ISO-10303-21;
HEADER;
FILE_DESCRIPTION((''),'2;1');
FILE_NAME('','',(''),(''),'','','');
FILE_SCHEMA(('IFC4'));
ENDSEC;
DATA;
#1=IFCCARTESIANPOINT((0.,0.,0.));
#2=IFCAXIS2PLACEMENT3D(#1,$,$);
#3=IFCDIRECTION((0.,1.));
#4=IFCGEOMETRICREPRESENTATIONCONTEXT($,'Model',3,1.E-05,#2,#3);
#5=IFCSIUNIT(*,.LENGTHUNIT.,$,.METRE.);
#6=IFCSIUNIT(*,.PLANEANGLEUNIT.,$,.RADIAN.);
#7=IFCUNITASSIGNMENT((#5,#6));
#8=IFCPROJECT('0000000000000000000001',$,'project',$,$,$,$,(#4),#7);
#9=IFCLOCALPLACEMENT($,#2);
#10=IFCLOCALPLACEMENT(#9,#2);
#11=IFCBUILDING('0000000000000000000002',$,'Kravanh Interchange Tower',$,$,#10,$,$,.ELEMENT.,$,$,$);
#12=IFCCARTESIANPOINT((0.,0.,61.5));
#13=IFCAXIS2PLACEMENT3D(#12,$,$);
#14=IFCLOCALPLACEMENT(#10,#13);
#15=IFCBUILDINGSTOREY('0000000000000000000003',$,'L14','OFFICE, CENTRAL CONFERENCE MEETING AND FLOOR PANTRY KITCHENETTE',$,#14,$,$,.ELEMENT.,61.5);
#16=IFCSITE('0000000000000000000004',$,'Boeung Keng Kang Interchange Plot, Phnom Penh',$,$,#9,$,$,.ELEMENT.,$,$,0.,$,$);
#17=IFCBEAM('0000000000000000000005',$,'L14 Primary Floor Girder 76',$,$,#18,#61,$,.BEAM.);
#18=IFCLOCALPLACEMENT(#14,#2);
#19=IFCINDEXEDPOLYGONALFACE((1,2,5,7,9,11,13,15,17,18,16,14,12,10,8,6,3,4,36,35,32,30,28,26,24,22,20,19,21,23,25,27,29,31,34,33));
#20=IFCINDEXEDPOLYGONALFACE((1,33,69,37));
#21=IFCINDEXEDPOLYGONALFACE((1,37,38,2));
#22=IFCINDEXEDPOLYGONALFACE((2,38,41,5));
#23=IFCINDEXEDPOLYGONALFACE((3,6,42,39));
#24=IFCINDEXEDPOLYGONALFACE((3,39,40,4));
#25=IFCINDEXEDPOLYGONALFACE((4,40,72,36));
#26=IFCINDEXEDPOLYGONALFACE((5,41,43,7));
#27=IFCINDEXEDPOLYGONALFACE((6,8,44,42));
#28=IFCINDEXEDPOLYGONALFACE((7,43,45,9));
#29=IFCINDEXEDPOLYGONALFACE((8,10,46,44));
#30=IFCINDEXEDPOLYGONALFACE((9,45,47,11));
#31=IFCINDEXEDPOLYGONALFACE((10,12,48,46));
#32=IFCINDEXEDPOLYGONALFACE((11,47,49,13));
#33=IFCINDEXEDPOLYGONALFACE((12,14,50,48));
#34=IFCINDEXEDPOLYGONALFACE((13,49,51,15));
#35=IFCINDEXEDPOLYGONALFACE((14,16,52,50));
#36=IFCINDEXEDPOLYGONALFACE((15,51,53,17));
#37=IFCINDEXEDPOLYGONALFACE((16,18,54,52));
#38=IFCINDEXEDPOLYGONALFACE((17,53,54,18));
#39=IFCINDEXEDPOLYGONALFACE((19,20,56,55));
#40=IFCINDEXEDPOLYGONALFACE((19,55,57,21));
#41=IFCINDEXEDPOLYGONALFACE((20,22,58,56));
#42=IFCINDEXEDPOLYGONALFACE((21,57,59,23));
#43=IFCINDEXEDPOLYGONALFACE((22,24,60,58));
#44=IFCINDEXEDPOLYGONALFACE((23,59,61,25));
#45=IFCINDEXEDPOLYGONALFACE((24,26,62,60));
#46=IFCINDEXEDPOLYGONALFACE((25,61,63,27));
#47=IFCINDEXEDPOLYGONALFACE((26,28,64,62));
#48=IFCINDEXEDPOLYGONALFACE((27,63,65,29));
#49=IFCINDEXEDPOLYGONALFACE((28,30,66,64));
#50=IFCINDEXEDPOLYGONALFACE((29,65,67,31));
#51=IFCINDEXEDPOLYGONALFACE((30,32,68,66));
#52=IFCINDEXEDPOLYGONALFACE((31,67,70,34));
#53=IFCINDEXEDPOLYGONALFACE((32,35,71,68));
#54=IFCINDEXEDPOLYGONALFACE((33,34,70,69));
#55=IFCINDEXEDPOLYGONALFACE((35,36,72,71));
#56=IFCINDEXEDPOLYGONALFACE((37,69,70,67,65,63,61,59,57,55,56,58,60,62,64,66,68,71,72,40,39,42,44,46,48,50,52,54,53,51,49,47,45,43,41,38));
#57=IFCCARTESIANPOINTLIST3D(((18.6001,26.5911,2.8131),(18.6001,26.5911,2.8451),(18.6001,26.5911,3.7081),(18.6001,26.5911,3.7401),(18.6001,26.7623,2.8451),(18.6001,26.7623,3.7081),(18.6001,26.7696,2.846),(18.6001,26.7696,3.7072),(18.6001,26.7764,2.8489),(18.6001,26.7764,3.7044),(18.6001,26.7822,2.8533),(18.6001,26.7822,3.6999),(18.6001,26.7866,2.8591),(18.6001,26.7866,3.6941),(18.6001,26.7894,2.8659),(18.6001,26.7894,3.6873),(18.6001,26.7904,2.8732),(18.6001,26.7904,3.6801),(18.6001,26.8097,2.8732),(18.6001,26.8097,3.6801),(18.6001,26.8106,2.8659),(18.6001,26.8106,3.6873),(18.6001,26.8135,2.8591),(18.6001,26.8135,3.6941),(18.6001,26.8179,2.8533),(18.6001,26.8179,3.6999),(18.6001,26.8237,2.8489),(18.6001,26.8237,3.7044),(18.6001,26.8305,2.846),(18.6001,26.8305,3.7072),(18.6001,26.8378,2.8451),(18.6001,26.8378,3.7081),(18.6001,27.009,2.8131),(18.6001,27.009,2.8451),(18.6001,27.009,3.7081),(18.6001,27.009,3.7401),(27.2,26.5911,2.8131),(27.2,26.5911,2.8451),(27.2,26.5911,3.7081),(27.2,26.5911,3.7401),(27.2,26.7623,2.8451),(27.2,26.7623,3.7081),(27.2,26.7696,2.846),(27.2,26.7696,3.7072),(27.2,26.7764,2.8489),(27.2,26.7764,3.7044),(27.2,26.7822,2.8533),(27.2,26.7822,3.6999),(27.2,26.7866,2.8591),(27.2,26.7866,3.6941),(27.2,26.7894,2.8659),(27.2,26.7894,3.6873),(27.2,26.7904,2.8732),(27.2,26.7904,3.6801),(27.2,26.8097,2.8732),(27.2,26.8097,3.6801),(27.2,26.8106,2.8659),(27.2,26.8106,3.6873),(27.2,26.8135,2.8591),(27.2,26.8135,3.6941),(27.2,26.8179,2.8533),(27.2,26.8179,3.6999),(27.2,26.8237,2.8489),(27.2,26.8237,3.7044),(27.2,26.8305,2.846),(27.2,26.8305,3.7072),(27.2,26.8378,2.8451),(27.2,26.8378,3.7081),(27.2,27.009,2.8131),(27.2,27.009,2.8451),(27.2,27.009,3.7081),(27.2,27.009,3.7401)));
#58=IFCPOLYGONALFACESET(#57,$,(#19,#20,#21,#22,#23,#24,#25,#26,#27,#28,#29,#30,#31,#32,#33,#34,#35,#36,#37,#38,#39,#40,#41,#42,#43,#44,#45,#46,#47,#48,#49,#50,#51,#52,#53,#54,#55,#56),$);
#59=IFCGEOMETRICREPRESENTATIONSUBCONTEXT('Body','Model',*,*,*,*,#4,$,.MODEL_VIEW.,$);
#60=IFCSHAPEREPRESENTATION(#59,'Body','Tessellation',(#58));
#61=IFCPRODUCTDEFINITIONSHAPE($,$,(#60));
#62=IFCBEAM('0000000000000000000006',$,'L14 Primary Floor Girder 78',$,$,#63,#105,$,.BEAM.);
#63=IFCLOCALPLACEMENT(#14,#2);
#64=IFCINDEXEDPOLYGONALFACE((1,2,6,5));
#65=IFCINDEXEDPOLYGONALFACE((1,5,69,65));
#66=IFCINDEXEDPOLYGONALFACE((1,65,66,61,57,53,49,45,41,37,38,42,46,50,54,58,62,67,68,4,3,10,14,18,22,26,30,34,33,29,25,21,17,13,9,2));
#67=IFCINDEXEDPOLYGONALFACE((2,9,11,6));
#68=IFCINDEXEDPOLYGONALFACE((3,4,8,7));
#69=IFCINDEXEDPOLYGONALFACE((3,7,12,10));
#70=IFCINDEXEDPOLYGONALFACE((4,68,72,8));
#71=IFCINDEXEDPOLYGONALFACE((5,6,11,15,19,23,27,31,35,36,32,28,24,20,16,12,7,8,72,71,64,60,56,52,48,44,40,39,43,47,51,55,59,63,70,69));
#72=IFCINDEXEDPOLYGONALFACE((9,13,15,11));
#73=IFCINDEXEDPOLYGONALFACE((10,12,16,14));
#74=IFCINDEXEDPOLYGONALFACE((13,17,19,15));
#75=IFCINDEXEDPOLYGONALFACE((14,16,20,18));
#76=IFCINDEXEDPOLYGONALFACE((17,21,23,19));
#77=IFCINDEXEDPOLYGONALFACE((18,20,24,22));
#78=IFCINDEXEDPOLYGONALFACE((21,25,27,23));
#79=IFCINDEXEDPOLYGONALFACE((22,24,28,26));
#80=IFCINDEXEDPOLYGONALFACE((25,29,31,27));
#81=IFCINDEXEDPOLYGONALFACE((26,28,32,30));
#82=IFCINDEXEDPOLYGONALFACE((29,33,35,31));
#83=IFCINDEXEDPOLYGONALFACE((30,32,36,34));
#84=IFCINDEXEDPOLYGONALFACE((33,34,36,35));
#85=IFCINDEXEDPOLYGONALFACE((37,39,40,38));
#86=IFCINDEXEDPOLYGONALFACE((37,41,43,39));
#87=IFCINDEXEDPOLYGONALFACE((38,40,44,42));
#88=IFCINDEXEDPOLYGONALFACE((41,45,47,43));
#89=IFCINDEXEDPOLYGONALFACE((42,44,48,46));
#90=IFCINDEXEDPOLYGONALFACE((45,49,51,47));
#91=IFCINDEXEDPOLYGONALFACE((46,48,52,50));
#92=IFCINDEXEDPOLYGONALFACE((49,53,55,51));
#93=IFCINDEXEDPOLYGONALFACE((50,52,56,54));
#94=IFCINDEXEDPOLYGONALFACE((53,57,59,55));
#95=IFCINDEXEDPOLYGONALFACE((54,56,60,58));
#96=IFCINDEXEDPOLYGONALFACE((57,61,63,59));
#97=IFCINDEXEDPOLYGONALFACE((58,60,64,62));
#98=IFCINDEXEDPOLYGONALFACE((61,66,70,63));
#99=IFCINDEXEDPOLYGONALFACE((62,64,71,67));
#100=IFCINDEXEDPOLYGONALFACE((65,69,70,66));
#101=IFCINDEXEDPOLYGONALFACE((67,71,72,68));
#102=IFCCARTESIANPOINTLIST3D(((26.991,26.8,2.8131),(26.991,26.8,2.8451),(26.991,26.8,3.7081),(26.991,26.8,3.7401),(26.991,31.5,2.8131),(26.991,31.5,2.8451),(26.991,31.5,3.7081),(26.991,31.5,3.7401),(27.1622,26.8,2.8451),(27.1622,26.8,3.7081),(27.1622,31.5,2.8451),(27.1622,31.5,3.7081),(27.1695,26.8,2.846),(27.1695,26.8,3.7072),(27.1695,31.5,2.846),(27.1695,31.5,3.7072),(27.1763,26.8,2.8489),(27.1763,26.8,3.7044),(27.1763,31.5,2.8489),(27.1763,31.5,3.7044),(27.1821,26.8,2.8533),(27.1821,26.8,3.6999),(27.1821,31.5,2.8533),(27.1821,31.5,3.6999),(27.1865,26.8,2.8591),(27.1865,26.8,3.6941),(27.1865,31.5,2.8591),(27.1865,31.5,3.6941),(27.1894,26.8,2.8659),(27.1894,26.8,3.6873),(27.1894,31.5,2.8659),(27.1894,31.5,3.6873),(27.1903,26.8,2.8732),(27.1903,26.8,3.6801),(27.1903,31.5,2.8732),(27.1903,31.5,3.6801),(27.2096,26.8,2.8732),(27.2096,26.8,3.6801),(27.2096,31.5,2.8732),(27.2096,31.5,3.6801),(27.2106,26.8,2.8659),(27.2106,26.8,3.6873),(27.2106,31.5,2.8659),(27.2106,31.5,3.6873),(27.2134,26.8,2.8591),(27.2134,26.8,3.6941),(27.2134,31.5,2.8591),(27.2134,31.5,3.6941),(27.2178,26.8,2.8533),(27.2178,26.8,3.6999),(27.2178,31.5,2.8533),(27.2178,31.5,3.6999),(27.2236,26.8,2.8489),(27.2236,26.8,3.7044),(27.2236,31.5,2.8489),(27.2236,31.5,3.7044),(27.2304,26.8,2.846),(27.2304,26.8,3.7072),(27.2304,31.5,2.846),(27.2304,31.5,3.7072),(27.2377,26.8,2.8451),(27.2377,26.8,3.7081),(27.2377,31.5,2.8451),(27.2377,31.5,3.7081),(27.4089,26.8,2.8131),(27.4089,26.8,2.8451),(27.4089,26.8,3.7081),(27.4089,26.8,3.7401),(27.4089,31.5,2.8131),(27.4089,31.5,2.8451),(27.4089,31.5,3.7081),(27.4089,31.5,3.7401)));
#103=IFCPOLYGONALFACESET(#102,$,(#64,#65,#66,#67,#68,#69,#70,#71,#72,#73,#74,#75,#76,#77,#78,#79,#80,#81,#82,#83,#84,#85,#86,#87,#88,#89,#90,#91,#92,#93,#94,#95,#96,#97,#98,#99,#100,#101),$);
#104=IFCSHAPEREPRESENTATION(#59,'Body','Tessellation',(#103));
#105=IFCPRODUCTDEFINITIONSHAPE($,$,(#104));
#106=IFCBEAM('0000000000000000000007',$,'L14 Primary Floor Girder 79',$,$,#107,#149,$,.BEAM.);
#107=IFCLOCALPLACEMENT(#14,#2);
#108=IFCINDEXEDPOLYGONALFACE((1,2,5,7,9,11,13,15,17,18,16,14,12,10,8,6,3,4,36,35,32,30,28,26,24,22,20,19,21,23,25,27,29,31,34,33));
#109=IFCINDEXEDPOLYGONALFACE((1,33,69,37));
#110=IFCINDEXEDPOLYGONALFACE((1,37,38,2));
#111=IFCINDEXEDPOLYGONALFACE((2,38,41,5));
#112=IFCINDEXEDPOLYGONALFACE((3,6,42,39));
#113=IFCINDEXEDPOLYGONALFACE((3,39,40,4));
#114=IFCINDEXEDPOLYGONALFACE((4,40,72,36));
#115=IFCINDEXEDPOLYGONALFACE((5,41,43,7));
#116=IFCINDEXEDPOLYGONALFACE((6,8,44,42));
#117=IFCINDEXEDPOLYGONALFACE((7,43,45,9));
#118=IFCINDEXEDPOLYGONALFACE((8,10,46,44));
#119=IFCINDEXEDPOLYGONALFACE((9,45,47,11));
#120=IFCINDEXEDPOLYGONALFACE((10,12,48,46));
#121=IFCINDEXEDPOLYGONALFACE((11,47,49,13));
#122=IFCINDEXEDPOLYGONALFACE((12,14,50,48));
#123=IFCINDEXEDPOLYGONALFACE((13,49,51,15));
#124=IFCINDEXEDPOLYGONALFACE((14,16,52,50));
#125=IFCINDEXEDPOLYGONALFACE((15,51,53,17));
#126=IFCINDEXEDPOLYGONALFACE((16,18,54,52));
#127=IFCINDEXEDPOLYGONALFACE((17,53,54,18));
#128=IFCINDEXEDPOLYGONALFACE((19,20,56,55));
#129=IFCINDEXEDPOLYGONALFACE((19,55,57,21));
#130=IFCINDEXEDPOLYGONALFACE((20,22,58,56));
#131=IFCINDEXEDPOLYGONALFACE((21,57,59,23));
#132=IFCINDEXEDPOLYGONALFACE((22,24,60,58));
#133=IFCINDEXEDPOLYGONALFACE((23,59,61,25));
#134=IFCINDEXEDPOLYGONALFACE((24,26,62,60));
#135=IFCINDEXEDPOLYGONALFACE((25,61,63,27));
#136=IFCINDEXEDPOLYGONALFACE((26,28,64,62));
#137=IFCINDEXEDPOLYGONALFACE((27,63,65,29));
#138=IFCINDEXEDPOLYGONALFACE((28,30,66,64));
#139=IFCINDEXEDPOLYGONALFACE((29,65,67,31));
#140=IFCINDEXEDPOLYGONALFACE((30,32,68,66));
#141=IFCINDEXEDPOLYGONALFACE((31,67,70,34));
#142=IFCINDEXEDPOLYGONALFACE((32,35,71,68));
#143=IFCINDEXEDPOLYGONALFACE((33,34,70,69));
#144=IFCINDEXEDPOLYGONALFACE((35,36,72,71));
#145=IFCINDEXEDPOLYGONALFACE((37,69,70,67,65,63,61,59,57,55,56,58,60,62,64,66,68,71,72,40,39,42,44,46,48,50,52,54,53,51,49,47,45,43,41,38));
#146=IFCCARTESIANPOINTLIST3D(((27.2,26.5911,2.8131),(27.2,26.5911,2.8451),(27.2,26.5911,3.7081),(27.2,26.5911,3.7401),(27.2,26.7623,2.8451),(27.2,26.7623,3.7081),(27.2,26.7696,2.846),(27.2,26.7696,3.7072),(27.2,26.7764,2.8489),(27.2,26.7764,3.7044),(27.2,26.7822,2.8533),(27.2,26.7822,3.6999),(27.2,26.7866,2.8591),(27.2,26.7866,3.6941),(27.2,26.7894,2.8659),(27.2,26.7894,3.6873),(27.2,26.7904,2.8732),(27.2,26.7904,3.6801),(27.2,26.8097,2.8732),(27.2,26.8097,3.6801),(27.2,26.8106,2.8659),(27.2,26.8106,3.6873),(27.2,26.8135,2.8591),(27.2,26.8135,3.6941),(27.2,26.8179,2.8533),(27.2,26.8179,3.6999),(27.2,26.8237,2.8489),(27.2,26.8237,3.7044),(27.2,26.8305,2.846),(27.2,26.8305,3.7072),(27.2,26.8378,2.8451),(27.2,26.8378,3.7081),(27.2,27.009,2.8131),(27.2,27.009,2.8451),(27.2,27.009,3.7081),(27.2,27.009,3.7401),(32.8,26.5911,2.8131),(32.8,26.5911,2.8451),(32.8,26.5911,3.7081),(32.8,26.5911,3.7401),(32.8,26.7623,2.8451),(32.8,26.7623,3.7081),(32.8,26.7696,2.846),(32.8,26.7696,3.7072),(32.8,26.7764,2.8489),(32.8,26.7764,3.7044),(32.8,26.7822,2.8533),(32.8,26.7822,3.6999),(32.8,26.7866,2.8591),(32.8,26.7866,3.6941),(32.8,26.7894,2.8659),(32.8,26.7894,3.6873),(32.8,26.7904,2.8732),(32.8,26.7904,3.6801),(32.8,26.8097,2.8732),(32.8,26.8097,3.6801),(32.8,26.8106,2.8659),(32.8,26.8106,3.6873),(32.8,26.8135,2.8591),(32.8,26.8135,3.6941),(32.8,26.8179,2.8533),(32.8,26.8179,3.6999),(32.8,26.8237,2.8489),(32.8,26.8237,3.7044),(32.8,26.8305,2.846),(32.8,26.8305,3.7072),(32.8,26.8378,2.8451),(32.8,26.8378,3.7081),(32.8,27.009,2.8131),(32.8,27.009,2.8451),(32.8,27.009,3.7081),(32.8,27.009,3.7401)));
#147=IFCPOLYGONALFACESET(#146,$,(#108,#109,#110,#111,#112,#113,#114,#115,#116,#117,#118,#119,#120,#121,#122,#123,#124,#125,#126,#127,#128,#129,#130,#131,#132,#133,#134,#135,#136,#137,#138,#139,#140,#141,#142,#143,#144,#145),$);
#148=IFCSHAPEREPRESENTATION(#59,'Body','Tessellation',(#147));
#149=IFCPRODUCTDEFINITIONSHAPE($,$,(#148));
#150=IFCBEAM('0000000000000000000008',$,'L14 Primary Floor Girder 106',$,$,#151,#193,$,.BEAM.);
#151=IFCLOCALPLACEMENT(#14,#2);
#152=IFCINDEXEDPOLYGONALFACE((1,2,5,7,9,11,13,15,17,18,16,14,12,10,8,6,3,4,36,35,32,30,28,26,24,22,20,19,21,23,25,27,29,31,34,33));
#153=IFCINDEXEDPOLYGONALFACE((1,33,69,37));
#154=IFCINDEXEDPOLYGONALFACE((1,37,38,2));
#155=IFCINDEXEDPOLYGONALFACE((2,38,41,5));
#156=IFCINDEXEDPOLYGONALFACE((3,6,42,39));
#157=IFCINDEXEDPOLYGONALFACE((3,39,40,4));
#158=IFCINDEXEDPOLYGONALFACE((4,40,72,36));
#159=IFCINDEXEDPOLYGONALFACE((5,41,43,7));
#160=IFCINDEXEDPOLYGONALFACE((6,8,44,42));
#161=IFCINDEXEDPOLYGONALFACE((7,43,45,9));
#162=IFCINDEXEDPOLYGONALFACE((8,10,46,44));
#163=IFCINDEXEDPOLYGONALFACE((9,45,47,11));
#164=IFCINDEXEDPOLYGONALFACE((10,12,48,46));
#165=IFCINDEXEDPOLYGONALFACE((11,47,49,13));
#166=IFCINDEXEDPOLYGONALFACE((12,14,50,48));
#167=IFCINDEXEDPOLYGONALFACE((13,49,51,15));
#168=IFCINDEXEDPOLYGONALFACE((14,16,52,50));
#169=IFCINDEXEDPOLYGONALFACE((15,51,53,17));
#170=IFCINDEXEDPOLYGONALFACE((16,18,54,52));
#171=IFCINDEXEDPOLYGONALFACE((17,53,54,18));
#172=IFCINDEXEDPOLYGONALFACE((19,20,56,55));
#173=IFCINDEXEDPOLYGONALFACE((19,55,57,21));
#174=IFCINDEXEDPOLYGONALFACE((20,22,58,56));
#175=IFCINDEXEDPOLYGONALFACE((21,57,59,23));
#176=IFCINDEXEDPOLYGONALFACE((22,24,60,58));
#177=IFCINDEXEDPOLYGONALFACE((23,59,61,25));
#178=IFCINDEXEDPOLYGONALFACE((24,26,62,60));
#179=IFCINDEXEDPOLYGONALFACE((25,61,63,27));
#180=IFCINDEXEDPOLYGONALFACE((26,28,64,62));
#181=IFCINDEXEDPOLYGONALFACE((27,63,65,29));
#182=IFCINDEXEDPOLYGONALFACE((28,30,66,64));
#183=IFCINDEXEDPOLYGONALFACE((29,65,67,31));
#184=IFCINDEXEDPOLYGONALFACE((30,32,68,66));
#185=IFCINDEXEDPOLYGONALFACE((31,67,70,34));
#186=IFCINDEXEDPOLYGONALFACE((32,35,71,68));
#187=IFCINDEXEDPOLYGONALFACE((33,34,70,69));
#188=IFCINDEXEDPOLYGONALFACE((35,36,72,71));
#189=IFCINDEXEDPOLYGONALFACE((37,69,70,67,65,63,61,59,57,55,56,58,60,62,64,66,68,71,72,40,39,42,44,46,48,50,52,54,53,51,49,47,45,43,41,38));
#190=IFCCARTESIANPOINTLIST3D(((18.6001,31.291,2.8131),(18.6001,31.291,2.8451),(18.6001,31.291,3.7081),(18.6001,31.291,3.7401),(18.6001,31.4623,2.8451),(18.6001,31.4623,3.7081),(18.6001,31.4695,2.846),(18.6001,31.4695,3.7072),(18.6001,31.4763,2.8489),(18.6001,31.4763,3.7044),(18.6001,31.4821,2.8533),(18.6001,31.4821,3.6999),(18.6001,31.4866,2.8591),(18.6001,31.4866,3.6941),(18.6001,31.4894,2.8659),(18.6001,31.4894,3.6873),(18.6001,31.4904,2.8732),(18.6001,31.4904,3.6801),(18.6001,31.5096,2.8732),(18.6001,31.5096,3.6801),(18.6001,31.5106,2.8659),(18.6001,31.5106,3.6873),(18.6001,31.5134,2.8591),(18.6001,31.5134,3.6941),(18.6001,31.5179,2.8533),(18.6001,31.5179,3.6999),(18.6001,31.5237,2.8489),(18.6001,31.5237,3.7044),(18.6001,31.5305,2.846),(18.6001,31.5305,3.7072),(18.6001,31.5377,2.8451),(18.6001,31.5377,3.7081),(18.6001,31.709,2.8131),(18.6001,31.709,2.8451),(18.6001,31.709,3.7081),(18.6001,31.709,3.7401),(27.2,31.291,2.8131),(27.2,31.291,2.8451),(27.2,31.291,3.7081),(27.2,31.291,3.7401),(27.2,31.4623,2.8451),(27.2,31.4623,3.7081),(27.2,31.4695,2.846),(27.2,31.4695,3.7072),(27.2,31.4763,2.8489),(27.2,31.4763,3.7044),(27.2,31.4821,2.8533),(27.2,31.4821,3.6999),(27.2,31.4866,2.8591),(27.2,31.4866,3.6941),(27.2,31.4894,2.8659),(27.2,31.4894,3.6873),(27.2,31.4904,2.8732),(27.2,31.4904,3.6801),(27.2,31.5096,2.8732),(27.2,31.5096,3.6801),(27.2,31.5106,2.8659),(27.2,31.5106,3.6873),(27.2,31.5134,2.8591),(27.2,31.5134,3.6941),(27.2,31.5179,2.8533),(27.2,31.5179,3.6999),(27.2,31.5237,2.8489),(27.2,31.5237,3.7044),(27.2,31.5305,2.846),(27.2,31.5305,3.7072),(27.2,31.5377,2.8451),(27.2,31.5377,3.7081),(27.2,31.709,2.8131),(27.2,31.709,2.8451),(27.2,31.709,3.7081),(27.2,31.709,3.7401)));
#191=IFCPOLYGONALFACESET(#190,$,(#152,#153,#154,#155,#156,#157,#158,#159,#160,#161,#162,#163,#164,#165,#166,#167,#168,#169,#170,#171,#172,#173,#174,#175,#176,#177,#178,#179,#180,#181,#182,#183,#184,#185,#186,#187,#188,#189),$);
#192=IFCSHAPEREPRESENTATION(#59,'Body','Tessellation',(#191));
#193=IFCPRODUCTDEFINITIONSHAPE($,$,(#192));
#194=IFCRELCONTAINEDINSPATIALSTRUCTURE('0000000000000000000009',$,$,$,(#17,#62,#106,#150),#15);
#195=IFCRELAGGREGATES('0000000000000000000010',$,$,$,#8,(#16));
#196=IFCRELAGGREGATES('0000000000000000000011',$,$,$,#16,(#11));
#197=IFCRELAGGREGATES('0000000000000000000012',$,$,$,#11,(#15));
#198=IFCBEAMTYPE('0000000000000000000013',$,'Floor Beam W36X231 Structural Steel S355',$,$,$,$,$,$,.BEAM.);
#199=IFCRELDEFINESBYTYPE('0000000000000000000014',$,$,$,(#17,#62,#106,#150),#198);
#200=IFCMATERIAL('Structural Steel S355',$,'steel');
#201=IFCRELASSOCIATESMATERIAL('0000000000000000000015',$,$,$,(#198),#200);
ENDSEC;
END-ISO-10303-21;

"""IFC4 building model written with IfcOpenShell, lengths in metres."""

from ifc_helpers import new_model, si_unit, direction, frame, origin, origin_2d, place, context, subcontext, project, spatial, i_section, extrude, material, material_profile, profile_set, type_object, element, save


model = new_model("IFC4")

# Units and contexts
model_context = context("Model", 3, precision=1e-05, world=origin(), true_north=direction((0.0, 1.0)))
body_context = subcontext(model_context, "Body", "Model", "MODEL_VIEW")
ifc_project = project(units=[si_unit("LENGTHUNIT", "METRE"), si_unit("PLANEANGLEUNIT", "RADIAN")], contexts=[model_context])

# Site, building, storey
site_placement = place(None, origin())
site = spatial("IfcSite", under=ifc_project, at=site_placement, Name="Boeung Keng Kang Interchange Plot, Phnom Penh", CompositionType="ELEMENT", RefElevation=0.0)
building_placement = place(site_placement, origin())
building = spatial("IfcBuilding", under=site, at=building_placement, Name="Kravanh Interchange Tower", CompositionType="ELEMENT")
storey_placement = place(building_placement, frame((0.0, 0.0, 61.5)))
storey = spatial("IfcBuildingStorey", under=building, at=storey_placement, Name="L14", Description="OFFICE, CENTRAL CONFERENCE MEETING AND FLOOR PANTRY KITCHENETTE", CompositionType="ELEMENT", Elevation=61.5)

# Beams
ifc_material_1 = material(Name="Structural Steel S355", Category="steel")
ifc_material_profile_1 = material_profile(ifc_material_1, i_section(OverallWidth=0.418, OverallDepth=0.927, WebThickness=0.0193, FlangeThickness=0.032, FilletRadius=0.0281, at=origin_2d()), Name="W36X231")
ifc_profile_set_1 = profile_set([ifc_material_profile_1], Name="Structural Steel S355")
beam_type_1 = type_object("IfcBeamType", Name="Floor Beam W36X231 Structural Steel S355", PredefinedType="BEAM", material=ifc_profile_set_1)
beam_1_placement = place(storey_placement, frame((18.6001, 26.8, 3.2766), z_axis=(1.0, 0.0, 0.0), x_axis=(0.0, 1.0, 0.0)))
element("IfcBeam", 1, at=beam_1_placement, inside=storey, type_object=beam_type_1, Name="L14 Primary Floor Girder 76", PredefinedType="BEAM", context=body_context, shape_type="SweptSolid", body=[
    extrude(i_section(OverallWidth=0.418, OverallDepth=0.927, WebThickness=0.0193, FlangeThickness=0.032, FilletRadius=0.0281, at=origin_2d()), origin(), (0.0, 0.0, 1.0), 8.5999),
])
beam_2_placement = place(storey_placement, frame((27.2, 26.8, 3.2766), z_axis=(0.0, 1.0, 0.0), x_axis=(-1.0, 0.0, 0.0)))
element("IfcBeam", 2, at=beam_2_placement, inside=storey, type_object=beam_type_1, Name="L14 Primary Floor Girder 78", PredefinedType="BEAM", context=body_context, shape_type="SweptSolid", body=[
    extrude(i_section(OverallWidth=0.418, OverallDepth=0.927, WebThickness=0.0193, FlangeThickness=0.032, FilletRadius=0.0281, at=origin_2d()), origin(), (0.0, 0.0, 1.0), 4.7),
])
beam_3_placement = place(storey_placement, frame((27.2, 26.8, 3.2766), z_axis=(1.0, 0.0, 0.0), x_axis=(0.0, 1.0, 0.0)))
element("IfcBeam", 3, at=beam_3_placement, inside=storey, type_object=beam_type_1, Name="L14 Primary Floor Girder 79", PredefinedType="BEAM", context=body_context, shape_type="SweptSolid", body=[
    extrude(i_section(OverallWidth=0.418, OverallDepth=0.927, WebThickness=0.0193, FlangeThickness=0.032, FilletRadius=0.0281, at=origin_2d()), origin(), (0.0, 0.0, 1.0), 5.6001),
])
beam_4_placement = place(storey_placement, frame((18.6001, 31.5, 3.2766), z_axis=(1.0, 0.0, 0.0), x_axis=(0.0, 1.0, 0.0)))
element("IfcBeam", 4, at=beam_4_placement, inside=storey, type_object=beam_type_1, Name="L14 Primary Floor Girder 106", PredefinedType="BEAM", context=body_context, shape_type="SweptSolid", body=[
    extrude(i_section(OverallWidth=0.418, OverallDepth=0.927, WebThickness=0.0193, FlangeThickness=0.032, FilletRadius=0.0281, at=origin_2d()), origin(), (0.0, 0.0, 1.0), 8.5999),
])

save(model, "model.ifc")
